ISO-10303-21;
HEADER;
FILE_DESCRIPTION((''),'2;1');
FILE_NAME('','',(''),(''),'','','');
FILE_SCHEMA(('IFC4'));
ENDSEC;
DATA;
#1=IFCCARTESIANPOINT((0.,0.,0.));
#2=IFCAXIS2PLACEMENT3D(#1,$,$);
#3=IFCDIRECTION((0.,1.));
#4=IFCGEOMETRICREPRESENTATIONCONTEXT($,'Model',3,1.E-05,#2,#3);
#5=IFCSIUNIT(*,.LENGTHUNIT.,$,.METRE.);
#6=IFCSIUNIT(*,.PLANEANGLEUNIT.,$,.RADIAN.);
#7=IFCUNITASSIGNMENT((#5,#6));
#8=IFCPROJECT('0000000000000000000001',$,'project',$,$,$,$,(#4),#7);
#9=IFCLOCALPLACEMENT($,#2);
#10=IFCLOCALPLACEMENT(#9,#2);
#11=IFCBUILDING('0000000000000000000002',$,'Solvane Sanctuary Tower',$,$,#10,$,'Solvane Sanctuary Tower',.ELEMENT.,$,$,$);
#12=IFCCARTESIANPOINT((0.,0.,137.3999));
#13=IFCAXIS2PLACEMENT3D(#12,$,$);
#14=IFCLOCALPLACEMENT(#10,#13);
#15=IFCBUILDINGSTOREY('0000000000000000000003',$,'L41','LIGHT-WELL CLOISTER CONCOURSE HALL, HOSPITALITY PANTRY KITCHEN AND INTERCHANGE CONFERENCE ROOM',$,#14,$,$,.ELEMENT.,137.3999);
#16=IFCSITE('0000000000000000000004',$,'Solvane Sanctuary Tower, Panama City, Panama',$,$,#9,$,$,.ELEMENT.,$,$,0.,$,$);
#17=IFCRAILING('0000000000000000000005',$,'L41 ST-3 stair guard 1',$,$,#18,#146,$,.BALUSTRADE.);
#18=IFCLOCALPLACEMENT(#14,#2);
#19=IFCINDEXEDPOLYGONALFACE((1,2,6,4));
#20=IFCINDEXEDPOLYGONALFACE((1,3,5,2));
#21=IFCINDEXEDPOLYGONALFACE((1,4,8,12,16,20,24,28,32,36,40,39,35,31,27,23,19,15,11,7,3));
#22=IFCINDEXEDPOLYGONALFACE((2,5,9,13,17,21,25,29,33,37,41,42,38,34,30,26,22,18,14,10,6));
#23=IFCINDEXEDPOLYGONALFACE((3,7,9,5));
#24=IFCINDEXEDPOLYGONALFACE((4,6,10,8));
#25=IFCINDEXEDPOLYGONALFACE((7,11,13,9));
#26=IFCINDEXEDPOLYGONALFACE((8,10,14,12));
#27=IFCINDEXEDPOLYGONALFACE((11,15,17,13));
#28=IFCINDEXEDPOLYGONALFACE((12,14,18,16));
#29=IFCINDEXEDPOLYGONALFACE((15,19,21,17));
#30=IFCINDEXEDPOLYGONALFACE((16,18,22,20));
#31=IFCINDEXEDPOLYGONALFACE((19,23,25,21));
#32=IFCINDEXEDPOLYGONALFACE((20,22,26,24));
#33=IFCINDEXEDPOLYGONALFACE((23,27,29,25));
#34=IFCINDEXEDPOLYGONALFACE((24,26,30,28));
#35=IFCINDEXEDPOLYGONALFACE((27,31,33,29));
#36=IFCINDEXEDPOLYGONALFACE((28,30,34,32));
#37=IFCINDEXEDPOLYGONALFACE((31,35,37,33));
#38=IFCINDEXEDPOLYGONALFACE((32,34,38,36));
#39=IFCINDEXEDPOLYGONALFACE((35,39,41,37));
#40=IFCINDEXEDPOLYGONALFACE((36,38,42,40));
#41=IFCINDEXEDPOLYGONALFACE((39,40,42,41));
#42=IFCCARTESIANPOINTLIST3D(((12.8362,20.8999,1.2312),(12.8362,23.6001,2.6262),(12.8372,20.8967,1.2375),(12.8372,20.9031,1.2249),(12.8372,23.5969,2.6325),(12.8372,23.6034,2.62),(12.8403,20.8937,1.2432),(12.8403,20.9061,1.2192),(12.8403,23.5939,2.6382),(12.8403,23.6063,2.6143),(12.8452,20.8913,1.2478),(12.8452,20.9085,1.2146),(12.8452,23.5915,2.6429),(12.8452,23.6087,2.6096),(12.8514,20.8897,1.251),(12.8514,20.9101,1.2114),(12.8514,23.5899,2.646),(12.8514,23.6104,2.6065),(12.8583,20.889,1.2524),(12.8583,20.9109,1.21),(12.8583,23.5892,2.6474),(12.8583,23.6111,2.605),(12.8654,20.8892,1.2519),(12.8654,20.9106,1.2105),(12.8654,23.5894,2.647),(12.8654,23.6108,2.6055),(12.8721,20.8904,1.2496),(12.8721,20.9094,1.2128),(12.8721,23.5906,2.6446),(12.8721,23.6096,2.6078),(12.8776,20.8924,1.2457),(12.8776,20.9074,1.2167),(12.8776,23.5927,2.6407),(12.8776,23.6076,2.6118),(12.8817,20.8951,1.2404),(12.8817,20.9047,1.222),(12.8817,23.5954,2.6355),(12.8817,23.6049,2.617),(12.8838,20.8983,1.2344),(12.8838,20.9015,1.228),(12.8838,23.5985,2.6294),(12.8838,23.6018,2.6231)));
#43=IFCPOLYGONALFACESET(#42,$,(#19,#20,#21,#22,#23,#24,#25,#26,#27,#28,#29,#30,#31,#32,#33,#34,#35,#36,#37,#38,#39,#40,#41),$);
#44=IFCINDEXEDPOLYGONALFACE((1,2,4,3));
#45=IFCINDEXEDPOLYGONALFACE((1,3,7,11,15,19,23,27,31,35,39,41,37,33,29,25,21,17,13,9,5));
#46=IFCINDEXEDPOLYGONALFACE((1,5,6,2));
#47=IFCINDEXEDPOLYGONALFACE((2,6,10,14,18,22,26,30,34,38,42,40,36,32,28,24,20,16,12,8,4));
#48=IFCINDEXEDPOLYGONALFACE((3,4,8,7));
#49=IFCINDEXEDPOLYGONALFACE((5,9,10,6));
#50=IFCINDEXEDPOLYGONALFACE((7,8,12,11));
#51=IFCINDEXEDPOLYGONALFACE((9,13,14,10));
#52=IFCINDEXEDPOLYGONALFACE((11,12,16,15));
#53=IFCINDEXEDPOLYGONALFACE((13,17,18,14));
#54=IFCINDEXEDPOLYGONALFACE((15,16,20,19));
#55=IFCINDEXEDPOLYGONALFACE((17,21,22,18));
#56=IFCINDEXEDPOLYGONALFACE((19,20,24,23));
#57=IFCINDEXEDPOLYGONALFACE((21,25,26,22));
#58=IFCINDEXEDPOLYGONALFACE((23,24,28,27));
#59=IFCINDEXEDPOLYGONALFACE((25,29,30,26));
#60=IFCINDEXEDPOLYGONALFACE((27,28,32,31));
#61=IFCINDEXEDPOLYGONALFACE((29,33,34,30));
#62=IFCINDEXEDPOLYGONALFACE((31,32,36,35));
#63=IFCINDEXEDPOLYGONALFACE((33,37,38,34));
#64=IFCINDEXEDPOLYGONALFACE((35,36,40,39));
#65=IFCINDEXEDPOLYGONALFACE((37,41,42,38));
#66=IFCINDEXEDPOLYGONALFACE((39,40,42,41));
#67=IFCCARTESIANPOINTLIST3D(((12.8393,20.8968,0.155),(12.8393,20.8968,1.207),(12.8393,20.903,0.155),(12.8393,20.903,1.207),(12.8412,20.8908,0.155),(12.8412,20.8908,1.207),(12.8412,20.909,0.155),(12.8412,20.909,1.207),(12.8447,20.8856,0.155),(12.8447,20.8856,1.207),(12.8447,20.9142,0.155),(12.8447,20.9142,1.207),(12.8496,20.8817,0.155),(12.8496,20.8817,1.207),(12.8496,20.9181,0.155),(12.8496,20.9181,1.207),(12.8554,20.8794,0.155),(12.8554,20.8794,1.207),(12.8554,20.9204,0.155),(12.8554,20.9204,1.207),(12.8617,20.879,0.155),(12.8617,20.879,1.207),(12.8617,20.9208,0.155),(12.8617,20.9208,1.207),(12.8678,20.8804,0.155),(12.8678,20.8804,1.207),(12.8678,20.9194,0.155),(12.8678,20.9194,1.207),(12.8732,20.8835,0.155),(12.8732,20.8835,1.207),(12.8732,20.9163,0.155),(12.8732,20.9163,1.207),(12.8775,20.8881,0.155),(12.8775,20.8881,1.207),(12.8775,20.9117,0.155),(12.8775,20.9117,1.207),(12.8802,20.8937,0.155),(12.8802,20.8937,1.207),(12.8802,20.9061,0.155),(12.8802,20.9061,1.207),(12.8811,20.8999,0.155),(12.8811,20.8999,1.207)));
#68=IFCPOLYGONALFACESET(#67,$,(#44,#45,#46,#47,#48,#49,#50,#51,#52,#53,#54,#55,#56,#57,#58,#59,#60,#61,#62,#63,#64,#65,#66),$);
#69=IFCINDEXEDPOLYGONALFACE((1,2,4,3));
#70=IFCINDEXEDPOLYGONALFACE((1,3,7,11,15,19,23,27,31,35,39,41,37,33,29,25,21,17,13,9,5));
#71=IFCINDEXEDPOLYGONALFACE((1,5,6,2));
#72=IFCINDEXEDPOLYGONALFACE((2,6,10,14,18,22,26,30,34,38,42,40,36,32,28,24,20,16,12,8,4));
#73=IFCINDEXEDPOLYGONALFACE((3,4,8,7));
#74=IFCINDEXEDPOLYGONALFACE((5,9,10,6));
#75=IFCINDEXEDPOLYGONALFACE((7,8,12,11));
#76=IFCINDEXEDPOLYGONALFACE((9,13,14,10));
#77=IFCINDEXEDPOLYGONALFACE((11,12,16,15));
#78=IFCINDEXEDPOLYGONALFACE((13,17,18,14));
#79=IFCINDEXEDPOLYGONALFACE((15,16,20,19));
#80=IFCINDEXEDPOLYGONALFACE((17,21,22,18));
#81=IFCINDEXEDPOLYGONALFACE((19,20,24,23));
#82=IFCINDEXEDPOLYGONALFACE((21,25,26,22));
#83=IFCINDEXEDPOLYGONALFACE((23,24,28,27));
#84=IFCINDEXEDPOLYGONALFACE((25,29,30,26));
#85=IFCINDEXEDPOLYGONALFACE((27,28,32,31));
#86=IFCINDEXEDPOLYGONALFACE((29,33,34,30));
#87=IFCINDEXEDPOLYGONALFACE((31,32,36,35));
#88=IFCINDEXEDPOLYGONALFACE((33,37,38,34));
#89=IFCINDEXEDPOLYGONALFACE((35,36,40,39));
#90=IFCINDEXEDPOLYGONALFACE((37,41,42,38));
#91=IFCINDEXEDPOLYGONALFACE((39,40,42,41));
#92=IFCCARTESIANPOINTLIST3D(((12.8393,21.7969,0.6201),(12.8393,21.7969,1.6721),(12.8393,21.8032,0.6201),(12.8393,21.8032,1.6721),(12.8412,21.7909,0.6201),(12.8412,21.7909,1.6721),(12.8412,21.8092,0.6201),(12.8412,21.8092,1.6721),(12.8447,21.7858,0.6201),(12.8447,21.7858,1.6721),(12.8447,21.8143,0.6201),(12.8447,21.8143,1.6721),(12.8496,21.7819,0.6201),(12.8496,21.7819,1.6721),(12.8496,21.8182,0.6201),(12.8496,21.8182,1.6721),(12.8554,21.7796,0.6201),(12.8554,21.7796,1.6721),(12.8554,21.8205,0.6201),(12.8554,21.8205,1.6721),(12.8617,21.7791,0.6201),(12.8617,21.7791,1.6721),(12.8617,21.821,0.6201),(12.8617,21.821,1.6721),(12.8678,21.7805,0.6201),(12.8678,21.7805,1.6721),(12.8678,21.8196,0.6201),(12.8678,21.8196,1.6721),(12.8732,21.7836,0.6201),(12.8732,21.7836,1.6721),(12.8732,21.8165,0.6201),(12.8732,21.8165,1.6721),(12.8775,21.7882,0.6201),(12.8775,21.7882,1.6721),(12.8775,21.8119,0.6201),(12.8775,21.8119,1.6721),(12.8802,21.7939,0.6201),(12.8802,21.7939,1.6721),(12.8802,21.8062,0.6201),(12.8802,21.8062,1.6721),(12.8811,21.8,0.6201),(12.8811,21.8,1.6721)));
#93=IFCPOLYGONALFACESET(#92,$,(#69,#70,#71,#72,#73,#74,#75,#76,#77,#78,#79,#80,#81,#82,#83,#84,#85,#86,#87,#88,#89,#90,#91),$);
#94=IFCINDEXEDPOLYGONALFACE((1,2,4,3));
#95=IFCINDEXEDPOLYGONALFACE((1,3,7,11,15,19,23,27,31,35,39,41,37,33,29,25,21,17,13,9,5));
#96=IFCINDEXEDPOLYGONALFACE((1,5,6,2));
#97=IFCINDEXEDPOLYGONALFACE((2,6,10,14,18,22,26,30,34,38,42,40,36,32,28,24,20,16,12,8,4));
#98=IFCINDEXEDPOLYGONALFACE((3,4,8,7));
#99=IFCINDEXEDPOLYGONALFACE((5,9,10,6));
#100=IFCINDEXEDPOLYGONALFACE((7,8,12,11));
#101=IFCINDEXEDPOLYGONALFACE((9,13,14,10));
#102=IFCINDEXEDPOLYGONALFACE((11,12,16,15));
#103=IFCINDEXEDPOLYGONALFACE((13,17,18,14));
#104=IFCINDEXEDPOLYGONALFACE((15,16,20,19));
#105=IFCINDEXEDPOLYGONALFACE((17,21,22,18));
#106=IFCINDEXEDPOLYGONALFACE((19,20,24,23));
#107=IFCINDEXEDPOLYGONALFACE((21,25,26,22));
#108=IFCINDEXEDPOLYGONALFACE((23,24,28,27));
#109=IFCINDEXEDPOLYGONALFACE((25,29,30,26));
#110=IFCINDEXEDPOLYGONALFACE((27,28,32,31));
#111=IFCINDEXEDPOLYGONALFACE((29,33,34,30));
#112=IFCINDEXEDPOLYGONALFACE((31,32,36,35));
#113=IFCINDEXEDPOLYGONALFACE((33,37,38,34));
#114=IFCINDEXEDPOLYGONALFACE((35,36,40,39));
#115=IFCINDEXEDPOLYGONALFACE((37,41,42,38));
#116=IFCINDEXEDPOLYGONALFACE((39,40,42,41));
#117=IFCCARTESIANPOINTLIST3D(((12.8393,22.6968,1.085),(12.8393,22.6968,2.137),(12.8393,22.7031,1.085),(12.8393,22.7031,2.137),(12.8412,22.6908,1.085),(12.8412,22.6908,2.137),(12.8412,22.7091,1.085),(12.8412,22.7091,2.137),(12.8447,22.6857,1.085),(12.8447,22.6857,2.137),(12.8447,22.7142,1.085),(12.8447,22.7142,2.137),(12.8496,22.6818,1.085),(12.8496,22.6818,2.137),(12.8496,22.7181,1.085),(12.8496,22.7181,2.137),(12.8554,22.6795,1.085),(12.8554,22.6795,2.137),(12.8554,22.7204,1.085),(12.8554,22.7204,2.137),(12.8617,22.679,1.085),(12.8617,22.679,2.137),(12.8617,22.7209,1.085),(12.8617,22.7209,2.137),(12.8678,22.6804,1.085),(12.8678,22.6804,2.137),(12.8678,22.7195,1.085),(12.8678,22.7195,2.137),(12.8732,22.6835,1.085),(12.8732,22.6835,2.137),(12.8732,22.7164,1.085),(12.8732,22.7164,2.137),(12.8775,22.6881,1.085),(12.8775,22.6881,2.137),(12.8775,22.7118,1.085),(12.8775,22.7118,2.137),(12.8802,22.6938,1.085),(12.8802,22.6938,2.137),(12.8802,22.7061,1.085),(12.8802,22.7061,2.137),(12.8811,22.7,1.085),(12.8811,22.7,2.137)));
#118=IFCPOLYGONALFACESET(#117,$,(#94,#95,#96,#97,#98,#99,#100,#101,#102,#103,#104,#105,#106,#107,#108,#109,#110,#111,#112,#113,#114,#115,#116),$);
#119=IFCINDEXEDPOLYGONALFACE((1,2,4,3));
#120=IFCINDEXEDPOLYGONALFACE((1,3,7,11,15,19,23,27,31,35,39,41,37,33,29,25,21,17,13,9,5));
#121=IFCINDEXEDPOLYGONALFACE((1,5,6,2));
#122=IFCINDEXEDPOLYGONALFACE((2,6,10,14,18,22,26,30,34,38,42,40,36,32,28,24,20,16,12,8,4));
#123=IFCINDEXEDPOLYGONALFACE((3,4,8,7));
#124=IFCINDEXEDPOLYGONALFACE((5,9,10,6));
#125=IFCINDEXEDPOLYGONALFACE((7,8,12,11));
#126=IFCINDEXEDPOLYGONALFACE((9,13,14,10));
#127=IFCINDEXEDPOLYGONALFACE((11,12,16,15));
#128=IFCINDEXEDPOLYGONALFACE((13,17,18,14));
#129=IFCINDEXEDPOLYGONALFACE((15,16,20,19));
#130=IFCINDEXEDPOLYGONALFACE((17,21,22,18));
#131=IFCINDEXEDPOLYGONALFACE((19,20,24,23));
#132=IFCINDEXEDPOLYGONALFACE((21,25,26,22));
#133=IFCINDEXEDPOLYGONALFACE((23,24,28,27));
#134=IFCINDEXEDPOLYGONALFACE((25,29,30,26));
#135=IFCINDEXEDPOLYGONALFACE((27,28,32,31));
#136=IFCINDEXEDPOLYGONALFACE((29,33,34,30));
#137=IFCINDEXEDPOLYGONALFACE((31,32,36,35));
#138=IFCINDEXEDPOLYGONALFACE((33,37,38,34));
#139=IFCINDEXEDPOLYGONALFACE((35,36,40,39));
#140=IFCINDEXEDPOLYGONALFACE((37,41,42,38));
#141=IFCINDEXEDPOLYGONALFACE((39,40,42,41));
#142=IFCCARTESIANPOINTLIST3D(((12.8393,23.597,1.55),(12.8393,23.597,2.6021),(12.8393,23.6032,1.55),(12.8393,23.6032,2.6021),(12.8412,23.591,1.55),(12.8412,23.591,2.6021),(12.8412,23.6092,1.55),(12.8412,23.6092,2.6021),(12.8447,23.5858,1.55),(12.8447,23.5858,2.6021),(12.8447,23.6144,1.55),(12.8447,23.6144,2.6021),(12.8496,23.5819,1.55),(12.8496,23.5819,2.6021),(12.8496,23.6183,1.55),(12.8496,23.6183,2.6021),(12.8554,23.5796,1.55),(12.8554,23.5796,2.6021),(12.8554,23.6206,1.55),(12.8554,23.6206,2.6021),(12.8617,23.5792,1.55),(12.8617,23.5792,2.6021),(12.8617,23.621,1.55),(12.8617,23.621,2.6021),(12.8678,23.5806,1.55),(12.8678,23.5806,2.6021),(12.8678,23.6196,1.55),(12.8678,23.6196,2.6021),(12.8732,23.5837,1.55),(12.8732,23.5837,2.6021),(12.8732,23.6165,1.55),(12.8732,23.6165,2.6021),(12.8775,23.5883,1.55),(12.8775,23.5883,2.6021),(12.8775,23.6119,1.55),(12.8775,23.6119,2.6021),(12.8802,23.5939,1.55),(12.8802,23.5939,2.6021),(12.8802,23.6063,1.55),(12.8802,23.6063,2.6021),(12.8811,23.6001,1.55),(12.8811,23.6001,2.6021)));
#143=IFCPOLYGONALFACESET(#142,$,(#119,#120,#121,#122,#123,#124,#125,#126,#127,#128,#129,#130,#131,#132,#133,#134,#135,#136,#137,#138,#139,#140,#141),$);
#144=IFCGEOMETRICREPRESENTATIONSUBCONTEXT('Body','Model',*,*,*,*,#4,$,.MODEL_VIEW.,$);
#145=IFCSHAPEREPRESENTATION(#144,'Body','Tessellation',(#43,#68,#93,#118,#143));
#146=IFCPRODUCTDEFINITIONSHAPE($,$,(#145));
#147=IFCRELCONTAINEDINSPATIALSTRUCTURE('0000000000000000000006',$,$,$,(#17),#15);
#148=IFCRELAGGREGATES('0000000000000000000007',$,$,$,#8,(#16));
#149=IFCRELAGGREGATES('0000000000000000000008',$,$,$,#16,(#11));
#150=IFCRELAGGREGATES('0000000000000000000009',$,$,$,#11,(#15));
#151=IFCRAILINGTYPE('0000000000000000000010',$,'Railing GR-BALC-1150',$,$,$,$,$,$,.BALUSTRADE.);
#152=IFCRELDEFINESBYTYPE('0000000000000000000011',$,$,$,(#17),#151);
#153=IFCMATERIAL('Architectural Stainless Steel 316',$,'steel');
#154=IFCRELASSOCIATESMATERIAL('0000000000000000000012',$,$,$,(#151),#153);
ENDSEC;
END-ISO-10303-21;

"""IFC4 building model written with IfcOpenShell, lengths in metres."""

from ifc_helpers import new_model, si_unit, direction, frame, origin, origin_2d, place, context, subcontext, project, spatial, circle, extrude, material, type_object, element, save


model = new_model("IFC4")

# Units and contexts
model_context = context("Model", 3, precision=1e-05, world=origin(), true_north=direction((0.0, 1.0)))
body_context = subcontext(model_context, "Body", "Model", "MODEL_VIEW")
ifc_project = project(units=[si_unit("LENGTHUNIT", "METRE"), si_unit("PLANEANGLEUNIT", "RADIAN")], contexts=[model_context])

# Site, building, storey
site_placement = place(None, origin())
site = spatial("IfcSite", under=ifc_project, at=site_placement, Name="Solvane Sanctuary Tower, Panama City, Panama", CompositionType="ELEMENT", RefElevation=0.0)
building_placement = place(site_placement, origin())
building = spatial("IfcBuilding", under=site, at=building_placement, Name="Solvane Sanctuary Tower", LongName="Solvane Sanctuary Tower", CompositionType="ELEMENT")
storey_placement = place(building_placement, frame((0.0, 0.0, 137.3999)))
storey = spatial("IfcBuildingStorey", under=building, at=storey_placement, Name="L41", Description="LIGHT-WELL CLOISTER CONCOURSE HALL, HOSPITALITY PANTRY KITCHEN AND INTERCHANGE CONFERENCE ROOM", CompositionType="ELEMENT", Elevation=137.3999)

# Shared definitions
ifc_material_1 = material(Name="Architectural Stainless Steel 316", Category="steel")

# Railing
railing_type_1 = type_object("IfcRailingType", Name="Railing GR-BALC-1150", PredefinedType="BALUSTRADE", material=ifc_material_1)
railing_1_placement = place(storey_placement, frame((12.8601, 20.8999, 0.155)))
element("IfcRailing", 1, at=railing_1_placement, inside=storey, type_object=railing_type_1, Name="L41 ST-3 stair guard 1", PredefinedType="BALUSTRADE", context=body_context, shape_type="SweptSolid", body=[
    extrude(circle(Radius=0.0239, at=origin_2d()), frame((0.0, 0.0, 1.0762), z_axis=(0.0, 0.888437, 0.458999), x_axis=(-1.0, 0.0, 0.0)), (0.0, 0.0, 1.0), 3.0393),
    extrude(circle(Radius=0.021, at=origin_2d()), origin(), (0.0, 0.0, 1.0), 1.052),
    extrude(circle(Radius=0.021, at=origin_2d()), frame((0.0, 0.9001, 0.4651)), (0.0, 0.0, 1.0), 1.052),
    extrude(circle(Radius=0.021, at=origin_2d()), frame((0.0, 1.8, 0.9299)), (0.0, 0.0, 1.0), 1.052),
    extrude(circle(Radius=0.021, at=origin_2d()), frame((0.0, 2.7002, 1.395)), (0.0, 0.0, 1.0), 1.052),
])

save(model, "model.ifc")
